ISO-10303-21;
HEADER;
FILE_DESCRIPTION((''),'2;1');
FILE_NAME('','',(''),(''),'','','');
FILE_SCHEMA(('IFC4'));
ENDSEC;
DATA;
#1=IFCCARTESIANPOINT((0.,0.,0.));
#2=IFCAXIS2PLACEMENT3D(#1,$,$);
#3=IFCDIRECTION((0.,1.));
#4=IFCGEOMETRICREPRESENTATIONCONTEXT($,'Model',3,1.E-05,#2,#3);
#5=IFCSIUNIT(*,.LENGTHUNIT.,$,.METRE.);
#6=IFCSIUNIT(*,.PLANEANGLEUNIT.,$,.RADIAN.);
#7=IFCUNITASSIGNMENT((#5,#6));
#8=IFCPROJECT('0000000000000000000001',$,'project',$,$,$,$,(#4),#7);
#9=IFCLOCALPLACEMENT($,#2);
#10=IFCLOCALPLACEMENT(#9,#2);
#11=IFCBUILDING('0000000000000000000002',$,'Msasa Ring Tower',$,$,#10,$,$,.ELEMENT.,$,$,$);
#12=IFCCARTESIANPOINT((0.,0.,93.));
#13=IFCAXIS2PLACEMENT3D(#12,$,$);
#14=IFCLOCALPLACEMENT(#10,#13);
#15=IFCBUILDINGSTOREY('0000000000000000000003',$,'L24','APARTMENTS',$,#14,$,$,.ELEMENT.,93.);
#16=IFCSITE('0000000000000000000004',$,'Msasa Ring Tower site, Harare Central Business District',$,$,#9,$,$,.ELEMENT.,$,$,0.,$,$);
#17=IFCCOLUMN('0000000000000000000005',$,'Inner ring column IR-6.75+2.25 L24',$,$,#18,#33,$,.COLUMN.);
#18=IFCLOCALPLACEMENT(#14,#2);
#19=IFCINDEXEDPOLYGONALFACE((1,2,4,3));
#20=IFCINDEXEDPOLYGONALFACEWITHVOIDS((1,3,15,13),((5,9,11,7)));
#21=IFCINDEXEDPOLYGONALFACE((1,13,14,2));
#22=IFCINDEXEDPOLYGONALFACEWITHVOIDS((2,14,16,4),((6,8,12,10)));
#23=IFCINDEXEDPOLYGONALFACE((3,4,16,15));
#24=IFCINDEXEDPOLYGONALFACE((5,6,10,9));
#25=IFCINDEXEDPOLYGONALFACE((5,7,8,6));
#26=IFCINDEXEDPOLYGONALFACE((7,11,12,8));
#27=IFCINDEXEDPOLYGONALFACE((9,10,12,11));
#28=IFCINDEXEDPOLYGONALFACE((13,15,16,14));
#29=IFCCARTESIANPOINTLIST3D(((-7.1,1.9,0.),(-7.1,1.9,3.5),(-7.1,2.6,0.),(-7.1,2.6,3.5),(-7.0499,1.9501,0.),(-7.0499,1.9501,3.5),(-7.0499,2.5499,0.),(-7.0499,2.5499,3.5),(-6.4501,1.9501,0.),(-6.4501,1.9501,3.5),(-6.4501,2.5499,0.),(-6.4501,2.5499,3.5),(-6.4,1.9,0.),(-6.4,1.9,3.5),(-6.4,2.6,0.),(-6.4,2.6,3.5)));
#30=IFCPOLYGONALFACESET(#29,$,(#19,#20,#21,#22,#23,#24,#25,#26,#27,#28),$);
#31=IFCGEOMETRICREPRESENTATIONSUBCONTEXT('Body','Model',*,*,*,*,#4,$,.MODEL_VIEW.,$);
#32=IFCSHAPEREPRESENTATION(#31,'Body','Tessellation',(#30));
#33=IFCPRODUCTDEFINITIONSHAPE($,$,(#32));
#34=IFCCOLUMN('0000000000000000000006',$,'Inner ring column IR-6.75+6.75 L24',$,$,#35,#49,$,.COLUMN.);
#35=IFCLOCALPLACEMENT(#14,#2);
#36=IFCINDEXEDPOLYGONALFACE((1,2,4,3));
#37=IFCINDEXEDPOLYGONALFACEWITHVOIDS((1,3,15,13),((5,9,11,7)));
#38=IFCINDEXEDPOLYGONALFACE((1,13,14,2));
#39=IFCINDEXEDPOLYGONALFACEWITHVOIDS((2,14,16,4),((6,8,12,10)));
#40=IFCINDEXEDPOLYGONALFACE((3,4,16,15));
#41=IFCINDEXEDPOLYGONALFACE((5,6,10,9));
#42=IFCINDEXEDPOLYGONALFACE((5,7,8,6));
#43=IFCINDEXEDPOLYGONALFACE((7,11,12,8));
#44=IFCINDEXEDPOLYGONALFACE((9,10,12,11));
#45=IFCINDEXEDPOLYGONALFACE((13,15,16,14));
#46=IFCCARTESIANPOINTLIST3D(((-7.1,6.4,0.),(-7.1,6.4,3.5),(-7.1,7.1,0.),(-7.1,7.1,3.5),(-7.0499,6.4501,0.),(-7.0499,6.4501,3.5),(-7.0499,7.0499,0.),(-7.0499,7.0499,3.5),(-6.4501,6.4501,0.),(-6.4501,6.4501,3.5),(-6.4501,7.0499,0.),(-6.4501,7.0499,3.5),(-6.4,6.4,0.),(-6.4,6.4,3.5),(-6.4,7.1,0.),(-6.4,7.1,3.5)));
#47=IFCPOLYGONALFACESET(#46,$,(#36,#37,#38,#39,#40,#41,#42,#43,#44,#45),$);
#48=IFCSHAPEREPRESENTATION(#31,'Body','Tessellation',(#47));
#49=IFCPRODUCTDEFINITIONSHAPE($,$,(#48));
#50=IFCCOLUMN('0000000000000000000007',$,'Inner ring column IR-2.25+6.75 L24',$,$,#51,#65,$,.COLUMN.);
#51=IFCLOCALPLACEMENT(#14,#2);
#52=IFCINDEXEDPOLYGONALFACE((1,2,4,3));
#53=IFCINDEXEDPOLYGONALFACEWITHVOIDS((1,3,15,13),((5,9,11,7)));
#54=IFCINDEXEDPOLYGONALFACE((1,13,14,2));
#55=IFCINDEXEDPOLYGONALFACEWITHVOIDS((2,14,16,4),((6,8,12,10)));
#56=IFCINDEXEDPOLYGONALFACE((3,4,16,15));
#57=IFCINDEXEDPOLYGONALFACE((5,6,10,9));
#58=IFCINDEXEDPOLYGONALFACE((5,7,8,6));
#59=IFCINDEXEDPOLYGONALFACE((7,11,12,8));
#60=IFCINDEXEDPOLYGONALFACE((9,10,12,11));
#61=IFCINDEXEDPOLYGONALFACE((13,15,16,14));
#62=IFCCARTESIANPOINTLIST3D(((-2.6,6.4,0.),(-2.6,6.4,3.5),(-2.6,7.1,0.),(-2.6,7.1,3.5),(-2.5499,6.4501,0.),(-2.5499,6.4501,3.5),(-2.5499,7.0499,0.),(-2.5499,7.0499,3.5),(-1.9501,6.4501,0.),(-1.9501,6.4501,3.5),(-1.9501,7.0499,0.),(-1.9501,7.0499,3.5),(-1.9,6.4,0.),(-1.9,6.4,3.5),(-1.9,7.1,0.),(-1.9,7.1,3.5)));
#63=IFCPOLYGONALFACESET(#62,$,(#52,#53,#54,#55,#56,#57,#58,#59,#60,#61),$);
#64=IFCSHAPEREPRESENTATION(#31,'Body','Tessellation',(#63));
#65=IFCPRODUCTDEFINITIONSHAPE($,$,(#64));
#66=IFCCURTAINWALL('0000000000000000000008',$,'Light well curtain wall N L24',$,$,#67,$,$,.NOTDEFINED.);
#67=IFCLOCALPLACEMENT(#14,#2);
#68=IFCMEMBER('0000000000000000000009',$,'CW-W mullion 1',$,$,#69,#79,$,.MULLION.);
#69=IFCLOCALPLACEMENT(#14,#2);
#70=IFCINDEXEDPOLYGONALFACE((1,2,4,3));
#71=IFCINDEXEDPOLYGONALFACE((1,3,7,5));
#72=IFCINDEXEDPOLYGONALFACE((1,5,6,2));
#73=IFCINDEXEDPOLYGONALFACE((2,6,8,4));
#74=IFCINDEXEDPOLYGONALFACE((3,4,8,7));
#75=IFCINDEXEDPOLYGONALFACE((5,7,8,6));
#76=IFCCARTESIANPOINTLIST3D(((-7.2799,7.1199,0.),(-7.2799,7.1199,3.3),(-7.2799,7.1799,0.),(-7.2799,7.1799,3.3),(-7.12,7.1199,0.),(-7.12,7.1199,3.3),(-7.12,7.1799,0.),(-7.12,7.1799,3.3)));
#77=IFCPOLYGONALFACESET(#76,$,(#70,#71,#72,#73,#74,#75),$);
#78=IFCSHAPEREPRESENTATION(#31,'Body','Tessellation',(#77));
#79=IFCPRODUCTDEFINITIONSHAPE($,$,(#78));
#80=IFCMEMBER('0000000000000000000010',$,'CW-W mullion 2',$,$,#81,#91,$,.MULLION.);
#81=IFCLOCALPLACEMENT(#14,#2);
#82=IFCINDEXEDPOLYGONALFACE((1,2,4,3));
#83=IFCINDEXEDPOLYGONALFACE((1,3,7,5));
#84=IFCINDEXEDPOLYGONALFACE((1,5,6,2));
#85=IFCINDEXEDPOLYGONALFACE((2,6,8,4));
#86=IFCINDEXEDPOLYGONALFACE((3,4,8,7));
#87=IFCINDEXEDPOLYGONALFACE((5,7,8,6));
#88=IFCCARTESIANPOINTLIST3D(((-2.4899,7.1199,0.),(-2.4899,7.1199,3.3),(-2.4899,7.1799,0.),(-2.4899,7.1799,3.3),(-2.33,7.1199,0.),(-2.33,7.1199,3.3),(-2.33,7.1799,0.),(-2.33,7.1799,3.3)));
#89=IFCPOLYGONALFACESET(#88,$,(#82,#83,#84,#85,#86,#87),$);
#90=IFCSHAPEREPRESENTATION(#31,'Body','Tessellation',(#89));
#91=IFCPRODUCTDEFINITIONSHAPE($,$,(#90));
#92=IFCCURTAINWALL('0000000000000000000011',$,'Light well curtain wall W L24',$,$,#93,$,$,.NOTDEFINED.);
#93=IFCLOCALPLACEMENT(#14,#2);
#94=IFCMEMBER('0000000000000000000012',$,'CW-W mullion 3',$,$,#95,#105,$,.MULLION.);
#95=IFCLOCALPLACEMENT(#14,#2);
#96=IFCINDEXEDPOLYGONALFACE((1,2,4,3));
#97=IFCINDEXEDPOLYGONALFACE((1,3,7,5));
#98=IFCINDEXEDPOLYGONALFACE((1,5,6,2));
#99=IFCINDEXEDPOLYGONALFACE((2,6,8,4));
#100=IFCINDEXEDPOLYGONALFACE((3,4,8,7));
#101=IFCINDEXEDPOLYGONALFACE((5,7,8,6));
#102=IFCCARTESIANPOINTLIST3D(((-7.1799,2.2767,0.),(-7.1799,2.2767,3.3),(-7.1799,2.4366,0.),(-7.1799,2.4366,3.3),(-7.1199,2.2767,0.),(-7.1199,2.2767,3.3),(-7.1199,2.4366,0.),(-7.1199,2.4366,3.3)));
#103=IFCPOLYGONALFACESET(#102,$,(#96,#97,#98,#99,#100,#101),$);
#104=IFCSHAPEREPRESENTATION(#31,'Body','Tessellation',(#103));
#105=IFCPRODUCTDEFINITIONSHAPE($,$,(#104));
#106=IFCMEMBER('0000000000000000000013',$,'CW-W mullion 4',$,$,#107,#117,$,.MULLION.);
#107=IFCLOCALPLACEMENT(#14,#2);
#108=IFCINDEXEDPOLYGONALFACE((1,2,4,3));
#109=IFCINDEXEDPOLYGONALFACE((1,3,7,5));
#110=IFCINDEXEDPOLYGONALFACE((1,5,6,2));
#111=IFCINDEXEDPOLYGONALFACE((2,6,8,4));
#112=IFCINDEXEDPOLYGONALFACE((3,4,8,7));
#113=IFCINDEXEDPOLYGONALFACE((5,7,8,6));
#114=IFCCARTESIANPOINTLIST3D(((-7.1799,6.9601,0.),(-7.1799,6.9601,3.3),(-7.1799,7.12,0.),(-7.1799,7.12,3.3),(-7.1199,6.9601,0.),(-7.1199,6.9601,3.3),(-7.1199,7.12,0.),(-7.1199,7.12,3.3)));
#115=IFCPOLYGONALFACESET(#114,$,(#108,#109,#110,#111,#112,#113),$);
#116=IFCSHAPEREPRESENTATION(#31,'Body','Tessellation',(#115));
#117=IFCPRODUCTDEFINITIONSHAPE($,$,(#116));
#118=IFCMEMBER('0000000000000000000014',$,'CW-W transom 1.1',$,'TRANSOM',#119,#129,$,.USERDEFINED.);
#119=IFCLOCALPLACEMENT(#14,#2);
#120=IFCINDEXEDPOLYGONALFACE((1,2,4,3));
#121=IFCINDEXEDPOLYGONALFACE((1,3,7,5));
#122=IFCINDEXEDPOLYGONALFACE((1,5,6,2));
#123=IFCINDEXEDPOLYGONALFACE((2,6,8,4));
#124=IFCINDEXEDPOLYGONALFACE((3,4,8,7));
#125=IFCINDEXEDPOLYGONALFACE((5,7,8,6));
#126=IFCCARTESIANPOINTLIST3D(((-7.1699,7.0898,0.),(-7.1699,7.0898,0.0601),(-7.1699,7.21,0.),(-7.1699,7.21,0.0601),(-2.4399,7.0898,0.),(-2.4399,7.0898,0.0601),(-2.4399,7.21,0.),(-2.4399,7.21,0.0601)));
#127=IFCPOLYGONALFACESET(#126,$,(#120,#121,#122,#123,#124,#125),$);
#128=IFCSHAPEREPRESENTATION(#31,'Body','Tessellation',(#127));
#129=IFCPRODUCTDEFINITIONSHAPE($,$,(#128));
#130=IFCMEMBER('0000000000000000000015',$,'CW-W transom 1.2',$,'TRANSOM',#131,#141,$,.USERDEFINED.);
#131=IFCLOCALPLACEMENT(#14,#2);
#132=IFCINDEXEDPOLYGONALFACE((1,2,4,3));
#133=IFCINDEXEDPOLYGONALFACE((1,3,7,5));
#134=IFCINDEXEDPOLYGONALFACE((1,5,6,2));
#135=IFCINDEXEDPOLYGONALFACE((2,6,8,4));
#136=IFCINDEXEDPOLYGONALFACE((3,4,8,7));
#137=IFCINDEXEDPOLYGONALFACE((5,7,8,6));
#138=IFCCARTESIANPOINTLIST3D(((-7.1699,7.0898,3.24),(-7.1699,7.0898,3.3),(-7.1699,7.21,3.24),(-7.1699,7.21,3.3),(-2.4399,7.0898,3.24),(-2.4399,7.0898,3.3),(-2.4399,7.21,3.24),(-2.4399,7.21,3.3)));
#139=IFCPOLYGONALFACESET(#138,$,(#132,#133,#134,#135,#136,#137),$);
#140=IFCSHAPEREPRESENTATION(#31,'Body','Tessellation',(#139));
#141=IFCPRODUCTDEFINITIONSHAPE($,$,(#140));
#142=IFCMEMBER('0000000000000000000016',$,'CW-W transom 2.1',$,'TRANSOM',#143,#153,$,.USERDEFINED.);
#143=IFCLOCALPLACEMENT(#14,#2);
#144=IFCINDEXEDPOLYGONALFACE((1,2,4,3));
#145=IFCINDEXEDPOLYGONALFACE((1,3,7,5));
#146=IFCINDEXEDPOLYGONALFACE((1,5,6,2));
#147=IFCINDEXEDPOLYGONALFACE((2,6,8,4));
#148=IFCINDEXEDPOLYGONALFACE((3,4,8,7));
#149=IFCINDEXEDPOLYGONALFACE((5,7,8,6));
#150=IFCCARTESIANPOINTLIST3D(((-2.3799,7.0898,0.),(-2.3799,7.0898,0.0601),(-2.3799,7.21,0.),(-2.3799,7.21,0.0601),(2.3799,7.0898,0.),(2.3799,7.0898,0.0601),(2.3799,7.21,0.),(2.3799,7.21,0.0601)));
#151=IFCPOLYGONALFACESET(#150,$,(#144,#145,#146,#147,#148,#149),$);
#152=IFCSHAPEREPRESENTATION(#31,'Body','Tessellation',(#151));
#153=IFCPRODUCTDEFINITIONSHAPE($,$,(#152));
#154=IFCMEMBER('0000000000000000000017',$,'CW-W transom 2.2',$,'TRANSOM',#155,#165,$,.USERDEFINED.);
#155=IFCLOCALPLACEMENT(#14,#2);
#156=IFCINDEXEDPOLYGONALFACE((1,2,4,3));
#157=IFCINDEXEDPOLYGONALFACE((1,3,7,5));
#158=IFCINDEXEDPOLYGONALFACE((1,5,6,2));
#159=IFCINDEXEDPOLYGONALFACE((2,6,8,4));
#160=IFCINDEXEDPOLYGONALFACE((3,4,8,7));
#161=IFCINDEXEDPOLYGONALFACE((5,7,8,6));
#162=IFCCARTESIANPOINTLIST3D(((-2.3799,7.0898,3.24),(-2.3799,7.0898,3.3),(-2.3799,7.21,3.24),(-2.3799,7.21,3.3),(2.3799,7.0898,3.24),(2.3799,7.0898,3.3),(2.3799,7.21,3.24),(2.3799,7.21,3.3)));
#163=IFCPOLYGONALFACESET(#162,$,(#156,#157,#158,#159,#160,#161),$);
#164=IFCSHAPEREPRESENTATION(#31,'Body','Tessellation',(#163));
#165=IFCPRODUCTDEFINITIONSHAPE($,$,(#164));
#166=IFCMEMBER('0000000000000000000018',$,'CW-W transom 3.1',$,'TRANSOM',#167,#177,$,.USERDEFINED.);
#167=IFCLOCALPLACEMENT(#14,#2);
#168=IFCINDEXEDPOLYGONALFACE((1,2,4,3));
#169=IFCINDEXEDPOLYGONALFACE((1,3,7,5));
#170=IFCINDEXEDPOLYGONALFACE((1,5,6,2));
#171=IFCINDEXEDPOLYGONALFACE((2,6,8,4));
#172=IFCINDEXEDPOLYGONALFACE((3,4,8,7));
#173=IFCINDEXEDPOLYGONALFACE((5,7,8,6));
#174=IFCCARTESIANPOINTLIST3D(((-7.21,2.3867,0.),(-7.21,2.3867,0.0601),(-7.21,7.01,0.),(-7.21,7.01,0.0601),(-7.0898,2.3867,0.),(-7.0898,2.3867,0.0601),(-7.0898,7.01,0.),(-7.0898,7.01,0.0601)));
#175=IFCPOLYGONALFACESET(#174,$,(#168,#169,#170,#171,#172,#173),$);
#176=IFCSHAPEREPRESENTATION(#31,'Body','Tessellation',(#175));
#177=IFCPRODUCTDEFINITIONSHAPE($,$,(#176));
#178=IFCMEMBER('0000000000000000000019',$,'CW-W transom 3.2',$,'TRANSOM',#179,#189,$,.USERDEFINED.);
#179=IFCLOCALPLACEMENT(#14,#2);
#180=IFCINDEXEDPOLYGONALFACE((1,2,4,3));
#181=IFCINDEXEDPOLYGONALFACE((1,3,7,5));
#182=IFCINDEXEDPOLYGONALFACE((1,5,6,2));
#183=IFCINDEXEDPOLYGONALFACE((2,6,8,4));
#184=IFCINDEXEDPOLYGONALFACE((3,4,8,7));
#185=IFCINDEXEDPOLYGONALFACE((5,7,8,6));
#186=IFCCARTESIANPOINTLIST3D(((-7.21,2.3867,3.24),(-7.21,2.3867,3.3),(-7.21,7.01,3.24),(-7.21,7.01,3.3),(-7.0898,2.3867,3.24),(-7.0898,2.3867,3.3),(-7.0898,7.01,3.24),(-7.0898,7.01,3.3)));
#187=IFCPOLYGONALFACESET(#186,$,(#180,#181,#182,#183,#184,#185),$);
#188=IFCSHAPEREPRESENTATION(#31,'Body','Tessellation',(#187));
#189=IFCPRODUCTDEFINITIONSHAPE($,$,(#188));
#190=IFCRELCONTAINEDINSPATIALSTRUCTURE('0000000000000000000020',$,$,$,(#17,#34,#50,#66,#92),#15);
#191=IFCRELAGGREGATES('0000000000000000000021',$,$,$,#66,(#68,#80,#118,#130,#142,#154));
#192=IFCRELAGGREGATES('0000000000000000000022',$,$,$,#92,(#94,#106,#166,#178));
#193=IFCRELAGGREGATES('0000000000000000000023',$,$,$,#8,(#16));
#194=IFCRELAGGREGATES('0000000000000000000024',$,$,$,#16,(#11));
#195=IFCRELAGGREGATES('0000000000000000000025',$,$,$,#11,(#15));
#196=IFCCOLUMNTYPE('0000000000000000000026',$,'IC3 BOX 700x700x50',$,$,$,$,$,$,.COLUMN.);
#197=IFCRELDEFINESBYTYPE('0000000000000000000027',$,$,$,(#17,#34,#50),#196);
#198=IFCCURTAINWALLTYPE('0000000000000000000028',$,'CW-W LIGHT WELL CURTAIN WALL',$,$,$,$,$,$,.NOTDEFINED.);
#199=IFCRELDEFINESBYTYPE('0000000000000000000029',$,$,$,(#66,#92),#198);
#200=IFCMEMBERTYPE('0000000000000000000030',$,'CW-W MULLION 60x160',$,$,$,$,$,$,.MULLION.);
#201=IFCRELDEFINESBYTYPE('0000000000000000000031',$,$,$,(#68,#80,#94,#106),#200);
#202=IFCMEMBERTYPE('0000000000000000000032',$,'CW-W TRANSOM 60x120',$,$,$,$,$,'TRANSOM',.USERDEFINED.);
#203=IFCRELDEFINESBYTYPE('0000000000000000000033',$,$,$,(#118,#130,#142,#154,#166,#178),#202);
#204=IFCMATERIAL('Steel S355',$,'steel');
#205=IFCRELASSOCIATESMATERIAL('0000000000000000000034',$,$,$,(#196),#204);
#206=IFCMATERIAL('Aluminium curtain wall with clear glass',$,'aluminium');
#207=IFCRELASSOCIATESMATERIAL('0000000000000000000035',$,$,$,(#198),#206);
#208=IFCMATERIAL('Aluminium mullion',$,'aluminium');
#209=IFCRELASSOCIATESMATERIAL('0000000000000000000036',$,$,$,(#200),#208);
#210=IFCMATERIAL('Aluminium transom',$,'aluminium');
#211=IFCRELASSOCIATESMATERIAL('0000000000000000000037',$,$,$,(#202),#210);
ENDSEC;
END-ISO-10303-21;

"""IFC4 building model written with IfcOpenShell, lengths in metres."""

from ifc_helpers import new_model, si_unit, direction, frame, origin, origin_2d, place, context, subcontext, project, spatial, rectangle, hollow_rectangle, extrude, material, material_profile, profile_set, type_object, element, aggregate, save


model = new_model("IFC4")

# Units and contexts
model_context = context("Model", 3, precision=1e-05, world=origin(), true_north=direction((0.0, 1.0)))
body_context = subcontext(model_context, "Body", "Model", "MODEL_VIEW")
ifc_project = project(units=[si_unit("LENGTHUNIT", "METRE"), si_unit("PLANEANGLEUNIT", "RADIAN")], contexts=[model_context])

# Site, building, storey
site_placement = place(None, origin())
site = spatial("IfcSite", under=ifc_project, at=site_placement, Name="Msasa Ring Tower site, Harare Central Business District", CompositionType="ELEMENT", RefElevation=0.0)
building_placement = place(site_placement, origin())
building = spatial("IfcBuilding", under=site, at=building_placement, Name="Msasa Ring Tower", CompositionType="ELEMENT")
storey_placement = place(building_placement, frame((0.0, 0.0, 93.0)))
storey = spatial("IfcBuildingStorey", under=building, at=storey_placement, Name="L24", Description="APARTMENTS", CompositionType="ELEMENT", Elevation=93.0)

# Columns
ifc_material_1 = material(Name="Steel S355", Category="steel")
ifc_material_profile_1 = material_profile(ifc_material_1, hollow_rectangle(XDim=0.7, YDim=0.7, WallThickness=0.05, at=origin_2d()), Name="BOX 700x700x50")
ifc_profile_set_1 = profile_set([ifc_material_profile_1], Name="Steel S355")
column_type = type_object("IfcColumnType", Name="IC3 BOX 700x700x50", PredefinedType="COLUMN", material=ifc_profile_set_1)
for number, where, z_axis, x_axis, name in (
    (1, (-6.75, 2.25, 0.0), (0.0, 0.0, 1.0), (1.0, 0.0, 0.0), "Inner ring column IR-6.75+2.25 L24"),
    (2, (-6.75, 6.75, 0.0), (0.0, 0.0, 1.0), (1.0, 0.0, 0.0), "Inner ring column IR-6.75+6.75 L24"),
    (3, (-2.25, 6.75, 0.0), (0.0, 0.0, 1.0), (1.0, 0.0, 0.0), "Inner ring column IR-2.25+6.75 L24"),
):
    element("IfcColumn", number, at=place(storey_placement, frame(where, z_axis=z_axis, x_axis=x_axis)), inside=storey, type_object=column_type, Name=name, PredefinedType="COLUMN", context=body_context, shape_type="SweptSolid", body=[
        extrude(hollow_rectangle(XDim=0.7, YDim=0.7, WallThickness=0.05, at=origin_2d()), origin(), (0.0, 0.0, 1.0), 3.5),
    ])

# Curtain walls, members
ifc_material_2 = material(Name="Aluminium curtain wall with clear glass", Category="aluminium")
curtain_wall_type = type_object("IfcCurtainWallType", Name="CW-W LIGHT WELL CURTAIN WALL", PredefinedType="NOTDEFINED", material=ifc_material_2)
curtain_wall_1_placement = place(storey_placement, origin())
curtain_wall_1 = element("IfcCurtainWall", 4, at=curtain_wall_1_placement, inside=storey, type_object=curtain_wall_type, Name="Light well curtain wall N L24", PredefinedType="NOTDEFINED")
ifc_material_3 = material(Name="Aluminium mullion", Category="aluminium")
ifc_material_profile_2 = material_profile(ifc_material_3, rectangle(XDim=0.0601, YDim=0.1599, at=origin_2d()), Name="AL 60x160")
ifc_profile_set_2 = profile_set([ifc_material_profile_2], Name="Aluminium mullion")
member_type_1 = type_object("IfcMemberType", Name="CW-W MULLION 60x160", PredefinedType="MULLION", material=ifc_profile_set_2)
member_1_placement = place(storey_placement, frame((-7.2, 7.1499, 0.0), z_axis=(0.0, 0.0, 1.0), x_axis=(0.0, 1.0, 0.0)))
member_1 = element("IfcMember", 5, at=member_1_placement, type_object=member_type_1, Name="CW-W mullion 1", PredefinedType="MULLION", context=body_context, shape_type="SweptSolid", body=[
    extrude(rectangle(XDim=0.0601, YDim=0.1599, at=origin_2d()), origin(), (0.0, 0.0, 1.0), 3.3),
])
member_2_placement = place(storey_placement, frame((-2.4099, 7.1499, 0.0), z_axis=(0.0, 0.0, 1.0), x_axis=(0.0, 1.0, 0.0)))
member_2 = element("IfcMember", 6, at=member_2_placement, type_object=member_type_1, Name="CW-W mullion 2", PredefinedType="MULLION", context=body_context, shape_type="SweptSolid", body=[
    extrude(rectangle(XDim=0.0601, YDim=0.1599, at=origin_2d()), origin(), (0.0, 0.0, 1.0), 3.3),
])
curtain_wall_2_placement = place(storey_placement, origin())
curtain_wall_2 = element("IfcCurtainWall", 7, at=curtain_wall_2_placement, inside=storey, type_object=curtain_wall_type, Name="Light well curtain wall W L24", PredefinedType="NOTDEFINED")
member_3_placement = place(storey_placement, frame((-7.1499, 2.3567, 0.0), z_axis=(0.0, 0.0, 1.0), x_axis=(-1.0, 0.0, 0.0)))
member_3 = element("IfcMember", 8, at=member_3_placement, type_object=member_type_1, Name="CW-W mullion 3", PredefinedType="MULLION", context=body_context, shape_type="SweptSolid", body=[
    extrude(rectangle(XDim=0.0601, YDim=0.1599, at=origin_2d()), origin(), (0.0, 0.0, 1.0), 3.3),
])
member_4_placement = place(storey_placement, frame((-7.1499, 7.04, 0.0), z_axis=(0.0, 0.0, 1.0), x_axis=(-1.0, 0.0, 0.0)))
member_4 = element("IfcMember", 9, at=member_4_placement, type_object=member_type_1, Name="CW-W mullion 4", PredefinedType="MULLION", context=body_context, shape_type="SweptSolid", body=[
    extrude(rectangle(XDim=0.0601, YDim=0.1599, at=origin_2d()), origin(), (0.0, 0.0, 1.0), 3.3),
])

# Members
ifc_material_4 = material(Name="Aluminium transom", Category="aluminium")
ifc_material_profile_3 = material_profile(ifc_material_4, rectangle(XDim=0.1201, YDim=0.0601, at=origin_2d()), Name="AL 60x120")
ifc_profile_set_3 = profile_set([ifc_material_profile_3], Name="Aluminium transom")
member_type_2 = type_object("IfcMemberType", Name="CW-W TRANSOM 60x120", ElementType="TRANSOM", PredefinedType="USERDEFINED", material=ifc_profile_set_3)
member_5_placement = place(storey_placement, frame((-7.1699, 7.1499, 0.03), z_axis=(1.0, 0.0, 0.0), x_axis=(0.0, 1.0, 0.0)))
member_5 = element("IfcMember", 10, at=member_5_placement, type_object=member_type_2, Name="CW-W transom 1.1", ObjectType="TRANSOM", PredefinedType="USERDEFINED", context=body_context, shape_type="SweptSolid", body=[
    extrude(rectangle(XDim=0.1201, YDim=0.0601, at=origin_2d()), origin(), (0.0, 0.0, 1.0), 4.73),
])
member_6_placement = place(storey_placement, frame((-7.1699, 7.1499, 3.27), z_axis=(1.0, 0.0, 0.0), x_axis=(0.0, 1.0, 0.0)))
member_6 = element("IfcMember", 11, at=member_6_placement, type_object=member_type_2, Name="CW-W transom 1.2", ObjectType="TRANSOM", PredefinedType="USERDEFINED", context=body_context, shape_type="SweptSolid", body=[
    extrude(rectangle(XDim=0.1201, YDim=0.0601, at=origin_2d()), origin(), (0.0, 0.0, 1.0), 4.73),
])
member_7_placement = place(storey_placement, frame((-2.3799, 7.1499, 0.03), z_axis=(1.0, 0.0, 0.0), x_axis=(0.0, 1.0, 0.0)))
member_7 = element("IfcMember", 12, at=member_7_placement, type_object=member_type_2, Name="CW-W transom 2.1", ObjectType="TRANSOM", PredefinedType="USERDEFINED", context=body_context, shape_type="SweptSolid", body=[
    extrude(rectangle(XDim=0.1201, YDim=0.0601, at=origin_2d()), origin(), (0.0, 0.0, 1.0), 4.7598),
])
member_8_placement = place(storey_placement, frame((-2.3799, 7.1499, 3.27), z_axis=(1.0, 0.0, 0.0), x_axis=(0.0, 1.0, 0.0)))
member_8 = element("IfcMember", 13, at=member_8_placement, type_object=member_type_2, Name="CW-W transom 2.2", ObjectType="TRANSOM", PredefinedType="USERDEFINED", context=body_context, shape_type="SweptSolid", body=[
    extrude(rectangle(XDim=0.1201, YDim=0.0601, at=origin_2d()), origin(), (0.0, 0.0, 1.0), 4.7598),
])
member_9_placement = place(storey_placement, frame((-7.1499, 2.3867, 0.03), z_axis=(0.0, 1.0, 0.0), x_axis=(-1.0, 0.0, 0.0)))
member_9 = element("IfcMember", 14, at=member_9_placement, type_object=member_type_2, Name="CW-W transom 3.1", ObjectType="TRANSOM", PredefinedType="USERDEFINED", context=body_context, shape_type="SweptSolid", body=[
    extrude(rectangle(XDim=0.1201, YDim=0.0601, at=origin_2d()), origin(), (0.0, 0.0, 1.0), 4.6233),
])
member_10_placement = place(storey_placement, frame((-7.1499, 2.3867, 3.27), z_axis=(0.0, 1.0, 0.0), x_axis=(-1.0, 0.0, 0.0)))
member_10 = element("IfcMember", 15, at=member_10_placement, type_object=member_type_2, Name="CW-W transom 3.2", ObjectType="TRANSOM", PredefinedType="USERDEFINED", context=body_context, shape_type="SweptSolid", body=[
    extrude(rectangle(XDim=0.1201, YDim=0.0601, at=origin_2d()), origin(), (0.0, 0.0, 1.0), 4.6233),
])

aggregate(curtain_wall_1, [member_1, member_2, member_5, member_6, member_7, member_8])
aggregate(curtain_wall_2, [member_3, member_4, member_9, member_10])

save(model, "model.ifc")
